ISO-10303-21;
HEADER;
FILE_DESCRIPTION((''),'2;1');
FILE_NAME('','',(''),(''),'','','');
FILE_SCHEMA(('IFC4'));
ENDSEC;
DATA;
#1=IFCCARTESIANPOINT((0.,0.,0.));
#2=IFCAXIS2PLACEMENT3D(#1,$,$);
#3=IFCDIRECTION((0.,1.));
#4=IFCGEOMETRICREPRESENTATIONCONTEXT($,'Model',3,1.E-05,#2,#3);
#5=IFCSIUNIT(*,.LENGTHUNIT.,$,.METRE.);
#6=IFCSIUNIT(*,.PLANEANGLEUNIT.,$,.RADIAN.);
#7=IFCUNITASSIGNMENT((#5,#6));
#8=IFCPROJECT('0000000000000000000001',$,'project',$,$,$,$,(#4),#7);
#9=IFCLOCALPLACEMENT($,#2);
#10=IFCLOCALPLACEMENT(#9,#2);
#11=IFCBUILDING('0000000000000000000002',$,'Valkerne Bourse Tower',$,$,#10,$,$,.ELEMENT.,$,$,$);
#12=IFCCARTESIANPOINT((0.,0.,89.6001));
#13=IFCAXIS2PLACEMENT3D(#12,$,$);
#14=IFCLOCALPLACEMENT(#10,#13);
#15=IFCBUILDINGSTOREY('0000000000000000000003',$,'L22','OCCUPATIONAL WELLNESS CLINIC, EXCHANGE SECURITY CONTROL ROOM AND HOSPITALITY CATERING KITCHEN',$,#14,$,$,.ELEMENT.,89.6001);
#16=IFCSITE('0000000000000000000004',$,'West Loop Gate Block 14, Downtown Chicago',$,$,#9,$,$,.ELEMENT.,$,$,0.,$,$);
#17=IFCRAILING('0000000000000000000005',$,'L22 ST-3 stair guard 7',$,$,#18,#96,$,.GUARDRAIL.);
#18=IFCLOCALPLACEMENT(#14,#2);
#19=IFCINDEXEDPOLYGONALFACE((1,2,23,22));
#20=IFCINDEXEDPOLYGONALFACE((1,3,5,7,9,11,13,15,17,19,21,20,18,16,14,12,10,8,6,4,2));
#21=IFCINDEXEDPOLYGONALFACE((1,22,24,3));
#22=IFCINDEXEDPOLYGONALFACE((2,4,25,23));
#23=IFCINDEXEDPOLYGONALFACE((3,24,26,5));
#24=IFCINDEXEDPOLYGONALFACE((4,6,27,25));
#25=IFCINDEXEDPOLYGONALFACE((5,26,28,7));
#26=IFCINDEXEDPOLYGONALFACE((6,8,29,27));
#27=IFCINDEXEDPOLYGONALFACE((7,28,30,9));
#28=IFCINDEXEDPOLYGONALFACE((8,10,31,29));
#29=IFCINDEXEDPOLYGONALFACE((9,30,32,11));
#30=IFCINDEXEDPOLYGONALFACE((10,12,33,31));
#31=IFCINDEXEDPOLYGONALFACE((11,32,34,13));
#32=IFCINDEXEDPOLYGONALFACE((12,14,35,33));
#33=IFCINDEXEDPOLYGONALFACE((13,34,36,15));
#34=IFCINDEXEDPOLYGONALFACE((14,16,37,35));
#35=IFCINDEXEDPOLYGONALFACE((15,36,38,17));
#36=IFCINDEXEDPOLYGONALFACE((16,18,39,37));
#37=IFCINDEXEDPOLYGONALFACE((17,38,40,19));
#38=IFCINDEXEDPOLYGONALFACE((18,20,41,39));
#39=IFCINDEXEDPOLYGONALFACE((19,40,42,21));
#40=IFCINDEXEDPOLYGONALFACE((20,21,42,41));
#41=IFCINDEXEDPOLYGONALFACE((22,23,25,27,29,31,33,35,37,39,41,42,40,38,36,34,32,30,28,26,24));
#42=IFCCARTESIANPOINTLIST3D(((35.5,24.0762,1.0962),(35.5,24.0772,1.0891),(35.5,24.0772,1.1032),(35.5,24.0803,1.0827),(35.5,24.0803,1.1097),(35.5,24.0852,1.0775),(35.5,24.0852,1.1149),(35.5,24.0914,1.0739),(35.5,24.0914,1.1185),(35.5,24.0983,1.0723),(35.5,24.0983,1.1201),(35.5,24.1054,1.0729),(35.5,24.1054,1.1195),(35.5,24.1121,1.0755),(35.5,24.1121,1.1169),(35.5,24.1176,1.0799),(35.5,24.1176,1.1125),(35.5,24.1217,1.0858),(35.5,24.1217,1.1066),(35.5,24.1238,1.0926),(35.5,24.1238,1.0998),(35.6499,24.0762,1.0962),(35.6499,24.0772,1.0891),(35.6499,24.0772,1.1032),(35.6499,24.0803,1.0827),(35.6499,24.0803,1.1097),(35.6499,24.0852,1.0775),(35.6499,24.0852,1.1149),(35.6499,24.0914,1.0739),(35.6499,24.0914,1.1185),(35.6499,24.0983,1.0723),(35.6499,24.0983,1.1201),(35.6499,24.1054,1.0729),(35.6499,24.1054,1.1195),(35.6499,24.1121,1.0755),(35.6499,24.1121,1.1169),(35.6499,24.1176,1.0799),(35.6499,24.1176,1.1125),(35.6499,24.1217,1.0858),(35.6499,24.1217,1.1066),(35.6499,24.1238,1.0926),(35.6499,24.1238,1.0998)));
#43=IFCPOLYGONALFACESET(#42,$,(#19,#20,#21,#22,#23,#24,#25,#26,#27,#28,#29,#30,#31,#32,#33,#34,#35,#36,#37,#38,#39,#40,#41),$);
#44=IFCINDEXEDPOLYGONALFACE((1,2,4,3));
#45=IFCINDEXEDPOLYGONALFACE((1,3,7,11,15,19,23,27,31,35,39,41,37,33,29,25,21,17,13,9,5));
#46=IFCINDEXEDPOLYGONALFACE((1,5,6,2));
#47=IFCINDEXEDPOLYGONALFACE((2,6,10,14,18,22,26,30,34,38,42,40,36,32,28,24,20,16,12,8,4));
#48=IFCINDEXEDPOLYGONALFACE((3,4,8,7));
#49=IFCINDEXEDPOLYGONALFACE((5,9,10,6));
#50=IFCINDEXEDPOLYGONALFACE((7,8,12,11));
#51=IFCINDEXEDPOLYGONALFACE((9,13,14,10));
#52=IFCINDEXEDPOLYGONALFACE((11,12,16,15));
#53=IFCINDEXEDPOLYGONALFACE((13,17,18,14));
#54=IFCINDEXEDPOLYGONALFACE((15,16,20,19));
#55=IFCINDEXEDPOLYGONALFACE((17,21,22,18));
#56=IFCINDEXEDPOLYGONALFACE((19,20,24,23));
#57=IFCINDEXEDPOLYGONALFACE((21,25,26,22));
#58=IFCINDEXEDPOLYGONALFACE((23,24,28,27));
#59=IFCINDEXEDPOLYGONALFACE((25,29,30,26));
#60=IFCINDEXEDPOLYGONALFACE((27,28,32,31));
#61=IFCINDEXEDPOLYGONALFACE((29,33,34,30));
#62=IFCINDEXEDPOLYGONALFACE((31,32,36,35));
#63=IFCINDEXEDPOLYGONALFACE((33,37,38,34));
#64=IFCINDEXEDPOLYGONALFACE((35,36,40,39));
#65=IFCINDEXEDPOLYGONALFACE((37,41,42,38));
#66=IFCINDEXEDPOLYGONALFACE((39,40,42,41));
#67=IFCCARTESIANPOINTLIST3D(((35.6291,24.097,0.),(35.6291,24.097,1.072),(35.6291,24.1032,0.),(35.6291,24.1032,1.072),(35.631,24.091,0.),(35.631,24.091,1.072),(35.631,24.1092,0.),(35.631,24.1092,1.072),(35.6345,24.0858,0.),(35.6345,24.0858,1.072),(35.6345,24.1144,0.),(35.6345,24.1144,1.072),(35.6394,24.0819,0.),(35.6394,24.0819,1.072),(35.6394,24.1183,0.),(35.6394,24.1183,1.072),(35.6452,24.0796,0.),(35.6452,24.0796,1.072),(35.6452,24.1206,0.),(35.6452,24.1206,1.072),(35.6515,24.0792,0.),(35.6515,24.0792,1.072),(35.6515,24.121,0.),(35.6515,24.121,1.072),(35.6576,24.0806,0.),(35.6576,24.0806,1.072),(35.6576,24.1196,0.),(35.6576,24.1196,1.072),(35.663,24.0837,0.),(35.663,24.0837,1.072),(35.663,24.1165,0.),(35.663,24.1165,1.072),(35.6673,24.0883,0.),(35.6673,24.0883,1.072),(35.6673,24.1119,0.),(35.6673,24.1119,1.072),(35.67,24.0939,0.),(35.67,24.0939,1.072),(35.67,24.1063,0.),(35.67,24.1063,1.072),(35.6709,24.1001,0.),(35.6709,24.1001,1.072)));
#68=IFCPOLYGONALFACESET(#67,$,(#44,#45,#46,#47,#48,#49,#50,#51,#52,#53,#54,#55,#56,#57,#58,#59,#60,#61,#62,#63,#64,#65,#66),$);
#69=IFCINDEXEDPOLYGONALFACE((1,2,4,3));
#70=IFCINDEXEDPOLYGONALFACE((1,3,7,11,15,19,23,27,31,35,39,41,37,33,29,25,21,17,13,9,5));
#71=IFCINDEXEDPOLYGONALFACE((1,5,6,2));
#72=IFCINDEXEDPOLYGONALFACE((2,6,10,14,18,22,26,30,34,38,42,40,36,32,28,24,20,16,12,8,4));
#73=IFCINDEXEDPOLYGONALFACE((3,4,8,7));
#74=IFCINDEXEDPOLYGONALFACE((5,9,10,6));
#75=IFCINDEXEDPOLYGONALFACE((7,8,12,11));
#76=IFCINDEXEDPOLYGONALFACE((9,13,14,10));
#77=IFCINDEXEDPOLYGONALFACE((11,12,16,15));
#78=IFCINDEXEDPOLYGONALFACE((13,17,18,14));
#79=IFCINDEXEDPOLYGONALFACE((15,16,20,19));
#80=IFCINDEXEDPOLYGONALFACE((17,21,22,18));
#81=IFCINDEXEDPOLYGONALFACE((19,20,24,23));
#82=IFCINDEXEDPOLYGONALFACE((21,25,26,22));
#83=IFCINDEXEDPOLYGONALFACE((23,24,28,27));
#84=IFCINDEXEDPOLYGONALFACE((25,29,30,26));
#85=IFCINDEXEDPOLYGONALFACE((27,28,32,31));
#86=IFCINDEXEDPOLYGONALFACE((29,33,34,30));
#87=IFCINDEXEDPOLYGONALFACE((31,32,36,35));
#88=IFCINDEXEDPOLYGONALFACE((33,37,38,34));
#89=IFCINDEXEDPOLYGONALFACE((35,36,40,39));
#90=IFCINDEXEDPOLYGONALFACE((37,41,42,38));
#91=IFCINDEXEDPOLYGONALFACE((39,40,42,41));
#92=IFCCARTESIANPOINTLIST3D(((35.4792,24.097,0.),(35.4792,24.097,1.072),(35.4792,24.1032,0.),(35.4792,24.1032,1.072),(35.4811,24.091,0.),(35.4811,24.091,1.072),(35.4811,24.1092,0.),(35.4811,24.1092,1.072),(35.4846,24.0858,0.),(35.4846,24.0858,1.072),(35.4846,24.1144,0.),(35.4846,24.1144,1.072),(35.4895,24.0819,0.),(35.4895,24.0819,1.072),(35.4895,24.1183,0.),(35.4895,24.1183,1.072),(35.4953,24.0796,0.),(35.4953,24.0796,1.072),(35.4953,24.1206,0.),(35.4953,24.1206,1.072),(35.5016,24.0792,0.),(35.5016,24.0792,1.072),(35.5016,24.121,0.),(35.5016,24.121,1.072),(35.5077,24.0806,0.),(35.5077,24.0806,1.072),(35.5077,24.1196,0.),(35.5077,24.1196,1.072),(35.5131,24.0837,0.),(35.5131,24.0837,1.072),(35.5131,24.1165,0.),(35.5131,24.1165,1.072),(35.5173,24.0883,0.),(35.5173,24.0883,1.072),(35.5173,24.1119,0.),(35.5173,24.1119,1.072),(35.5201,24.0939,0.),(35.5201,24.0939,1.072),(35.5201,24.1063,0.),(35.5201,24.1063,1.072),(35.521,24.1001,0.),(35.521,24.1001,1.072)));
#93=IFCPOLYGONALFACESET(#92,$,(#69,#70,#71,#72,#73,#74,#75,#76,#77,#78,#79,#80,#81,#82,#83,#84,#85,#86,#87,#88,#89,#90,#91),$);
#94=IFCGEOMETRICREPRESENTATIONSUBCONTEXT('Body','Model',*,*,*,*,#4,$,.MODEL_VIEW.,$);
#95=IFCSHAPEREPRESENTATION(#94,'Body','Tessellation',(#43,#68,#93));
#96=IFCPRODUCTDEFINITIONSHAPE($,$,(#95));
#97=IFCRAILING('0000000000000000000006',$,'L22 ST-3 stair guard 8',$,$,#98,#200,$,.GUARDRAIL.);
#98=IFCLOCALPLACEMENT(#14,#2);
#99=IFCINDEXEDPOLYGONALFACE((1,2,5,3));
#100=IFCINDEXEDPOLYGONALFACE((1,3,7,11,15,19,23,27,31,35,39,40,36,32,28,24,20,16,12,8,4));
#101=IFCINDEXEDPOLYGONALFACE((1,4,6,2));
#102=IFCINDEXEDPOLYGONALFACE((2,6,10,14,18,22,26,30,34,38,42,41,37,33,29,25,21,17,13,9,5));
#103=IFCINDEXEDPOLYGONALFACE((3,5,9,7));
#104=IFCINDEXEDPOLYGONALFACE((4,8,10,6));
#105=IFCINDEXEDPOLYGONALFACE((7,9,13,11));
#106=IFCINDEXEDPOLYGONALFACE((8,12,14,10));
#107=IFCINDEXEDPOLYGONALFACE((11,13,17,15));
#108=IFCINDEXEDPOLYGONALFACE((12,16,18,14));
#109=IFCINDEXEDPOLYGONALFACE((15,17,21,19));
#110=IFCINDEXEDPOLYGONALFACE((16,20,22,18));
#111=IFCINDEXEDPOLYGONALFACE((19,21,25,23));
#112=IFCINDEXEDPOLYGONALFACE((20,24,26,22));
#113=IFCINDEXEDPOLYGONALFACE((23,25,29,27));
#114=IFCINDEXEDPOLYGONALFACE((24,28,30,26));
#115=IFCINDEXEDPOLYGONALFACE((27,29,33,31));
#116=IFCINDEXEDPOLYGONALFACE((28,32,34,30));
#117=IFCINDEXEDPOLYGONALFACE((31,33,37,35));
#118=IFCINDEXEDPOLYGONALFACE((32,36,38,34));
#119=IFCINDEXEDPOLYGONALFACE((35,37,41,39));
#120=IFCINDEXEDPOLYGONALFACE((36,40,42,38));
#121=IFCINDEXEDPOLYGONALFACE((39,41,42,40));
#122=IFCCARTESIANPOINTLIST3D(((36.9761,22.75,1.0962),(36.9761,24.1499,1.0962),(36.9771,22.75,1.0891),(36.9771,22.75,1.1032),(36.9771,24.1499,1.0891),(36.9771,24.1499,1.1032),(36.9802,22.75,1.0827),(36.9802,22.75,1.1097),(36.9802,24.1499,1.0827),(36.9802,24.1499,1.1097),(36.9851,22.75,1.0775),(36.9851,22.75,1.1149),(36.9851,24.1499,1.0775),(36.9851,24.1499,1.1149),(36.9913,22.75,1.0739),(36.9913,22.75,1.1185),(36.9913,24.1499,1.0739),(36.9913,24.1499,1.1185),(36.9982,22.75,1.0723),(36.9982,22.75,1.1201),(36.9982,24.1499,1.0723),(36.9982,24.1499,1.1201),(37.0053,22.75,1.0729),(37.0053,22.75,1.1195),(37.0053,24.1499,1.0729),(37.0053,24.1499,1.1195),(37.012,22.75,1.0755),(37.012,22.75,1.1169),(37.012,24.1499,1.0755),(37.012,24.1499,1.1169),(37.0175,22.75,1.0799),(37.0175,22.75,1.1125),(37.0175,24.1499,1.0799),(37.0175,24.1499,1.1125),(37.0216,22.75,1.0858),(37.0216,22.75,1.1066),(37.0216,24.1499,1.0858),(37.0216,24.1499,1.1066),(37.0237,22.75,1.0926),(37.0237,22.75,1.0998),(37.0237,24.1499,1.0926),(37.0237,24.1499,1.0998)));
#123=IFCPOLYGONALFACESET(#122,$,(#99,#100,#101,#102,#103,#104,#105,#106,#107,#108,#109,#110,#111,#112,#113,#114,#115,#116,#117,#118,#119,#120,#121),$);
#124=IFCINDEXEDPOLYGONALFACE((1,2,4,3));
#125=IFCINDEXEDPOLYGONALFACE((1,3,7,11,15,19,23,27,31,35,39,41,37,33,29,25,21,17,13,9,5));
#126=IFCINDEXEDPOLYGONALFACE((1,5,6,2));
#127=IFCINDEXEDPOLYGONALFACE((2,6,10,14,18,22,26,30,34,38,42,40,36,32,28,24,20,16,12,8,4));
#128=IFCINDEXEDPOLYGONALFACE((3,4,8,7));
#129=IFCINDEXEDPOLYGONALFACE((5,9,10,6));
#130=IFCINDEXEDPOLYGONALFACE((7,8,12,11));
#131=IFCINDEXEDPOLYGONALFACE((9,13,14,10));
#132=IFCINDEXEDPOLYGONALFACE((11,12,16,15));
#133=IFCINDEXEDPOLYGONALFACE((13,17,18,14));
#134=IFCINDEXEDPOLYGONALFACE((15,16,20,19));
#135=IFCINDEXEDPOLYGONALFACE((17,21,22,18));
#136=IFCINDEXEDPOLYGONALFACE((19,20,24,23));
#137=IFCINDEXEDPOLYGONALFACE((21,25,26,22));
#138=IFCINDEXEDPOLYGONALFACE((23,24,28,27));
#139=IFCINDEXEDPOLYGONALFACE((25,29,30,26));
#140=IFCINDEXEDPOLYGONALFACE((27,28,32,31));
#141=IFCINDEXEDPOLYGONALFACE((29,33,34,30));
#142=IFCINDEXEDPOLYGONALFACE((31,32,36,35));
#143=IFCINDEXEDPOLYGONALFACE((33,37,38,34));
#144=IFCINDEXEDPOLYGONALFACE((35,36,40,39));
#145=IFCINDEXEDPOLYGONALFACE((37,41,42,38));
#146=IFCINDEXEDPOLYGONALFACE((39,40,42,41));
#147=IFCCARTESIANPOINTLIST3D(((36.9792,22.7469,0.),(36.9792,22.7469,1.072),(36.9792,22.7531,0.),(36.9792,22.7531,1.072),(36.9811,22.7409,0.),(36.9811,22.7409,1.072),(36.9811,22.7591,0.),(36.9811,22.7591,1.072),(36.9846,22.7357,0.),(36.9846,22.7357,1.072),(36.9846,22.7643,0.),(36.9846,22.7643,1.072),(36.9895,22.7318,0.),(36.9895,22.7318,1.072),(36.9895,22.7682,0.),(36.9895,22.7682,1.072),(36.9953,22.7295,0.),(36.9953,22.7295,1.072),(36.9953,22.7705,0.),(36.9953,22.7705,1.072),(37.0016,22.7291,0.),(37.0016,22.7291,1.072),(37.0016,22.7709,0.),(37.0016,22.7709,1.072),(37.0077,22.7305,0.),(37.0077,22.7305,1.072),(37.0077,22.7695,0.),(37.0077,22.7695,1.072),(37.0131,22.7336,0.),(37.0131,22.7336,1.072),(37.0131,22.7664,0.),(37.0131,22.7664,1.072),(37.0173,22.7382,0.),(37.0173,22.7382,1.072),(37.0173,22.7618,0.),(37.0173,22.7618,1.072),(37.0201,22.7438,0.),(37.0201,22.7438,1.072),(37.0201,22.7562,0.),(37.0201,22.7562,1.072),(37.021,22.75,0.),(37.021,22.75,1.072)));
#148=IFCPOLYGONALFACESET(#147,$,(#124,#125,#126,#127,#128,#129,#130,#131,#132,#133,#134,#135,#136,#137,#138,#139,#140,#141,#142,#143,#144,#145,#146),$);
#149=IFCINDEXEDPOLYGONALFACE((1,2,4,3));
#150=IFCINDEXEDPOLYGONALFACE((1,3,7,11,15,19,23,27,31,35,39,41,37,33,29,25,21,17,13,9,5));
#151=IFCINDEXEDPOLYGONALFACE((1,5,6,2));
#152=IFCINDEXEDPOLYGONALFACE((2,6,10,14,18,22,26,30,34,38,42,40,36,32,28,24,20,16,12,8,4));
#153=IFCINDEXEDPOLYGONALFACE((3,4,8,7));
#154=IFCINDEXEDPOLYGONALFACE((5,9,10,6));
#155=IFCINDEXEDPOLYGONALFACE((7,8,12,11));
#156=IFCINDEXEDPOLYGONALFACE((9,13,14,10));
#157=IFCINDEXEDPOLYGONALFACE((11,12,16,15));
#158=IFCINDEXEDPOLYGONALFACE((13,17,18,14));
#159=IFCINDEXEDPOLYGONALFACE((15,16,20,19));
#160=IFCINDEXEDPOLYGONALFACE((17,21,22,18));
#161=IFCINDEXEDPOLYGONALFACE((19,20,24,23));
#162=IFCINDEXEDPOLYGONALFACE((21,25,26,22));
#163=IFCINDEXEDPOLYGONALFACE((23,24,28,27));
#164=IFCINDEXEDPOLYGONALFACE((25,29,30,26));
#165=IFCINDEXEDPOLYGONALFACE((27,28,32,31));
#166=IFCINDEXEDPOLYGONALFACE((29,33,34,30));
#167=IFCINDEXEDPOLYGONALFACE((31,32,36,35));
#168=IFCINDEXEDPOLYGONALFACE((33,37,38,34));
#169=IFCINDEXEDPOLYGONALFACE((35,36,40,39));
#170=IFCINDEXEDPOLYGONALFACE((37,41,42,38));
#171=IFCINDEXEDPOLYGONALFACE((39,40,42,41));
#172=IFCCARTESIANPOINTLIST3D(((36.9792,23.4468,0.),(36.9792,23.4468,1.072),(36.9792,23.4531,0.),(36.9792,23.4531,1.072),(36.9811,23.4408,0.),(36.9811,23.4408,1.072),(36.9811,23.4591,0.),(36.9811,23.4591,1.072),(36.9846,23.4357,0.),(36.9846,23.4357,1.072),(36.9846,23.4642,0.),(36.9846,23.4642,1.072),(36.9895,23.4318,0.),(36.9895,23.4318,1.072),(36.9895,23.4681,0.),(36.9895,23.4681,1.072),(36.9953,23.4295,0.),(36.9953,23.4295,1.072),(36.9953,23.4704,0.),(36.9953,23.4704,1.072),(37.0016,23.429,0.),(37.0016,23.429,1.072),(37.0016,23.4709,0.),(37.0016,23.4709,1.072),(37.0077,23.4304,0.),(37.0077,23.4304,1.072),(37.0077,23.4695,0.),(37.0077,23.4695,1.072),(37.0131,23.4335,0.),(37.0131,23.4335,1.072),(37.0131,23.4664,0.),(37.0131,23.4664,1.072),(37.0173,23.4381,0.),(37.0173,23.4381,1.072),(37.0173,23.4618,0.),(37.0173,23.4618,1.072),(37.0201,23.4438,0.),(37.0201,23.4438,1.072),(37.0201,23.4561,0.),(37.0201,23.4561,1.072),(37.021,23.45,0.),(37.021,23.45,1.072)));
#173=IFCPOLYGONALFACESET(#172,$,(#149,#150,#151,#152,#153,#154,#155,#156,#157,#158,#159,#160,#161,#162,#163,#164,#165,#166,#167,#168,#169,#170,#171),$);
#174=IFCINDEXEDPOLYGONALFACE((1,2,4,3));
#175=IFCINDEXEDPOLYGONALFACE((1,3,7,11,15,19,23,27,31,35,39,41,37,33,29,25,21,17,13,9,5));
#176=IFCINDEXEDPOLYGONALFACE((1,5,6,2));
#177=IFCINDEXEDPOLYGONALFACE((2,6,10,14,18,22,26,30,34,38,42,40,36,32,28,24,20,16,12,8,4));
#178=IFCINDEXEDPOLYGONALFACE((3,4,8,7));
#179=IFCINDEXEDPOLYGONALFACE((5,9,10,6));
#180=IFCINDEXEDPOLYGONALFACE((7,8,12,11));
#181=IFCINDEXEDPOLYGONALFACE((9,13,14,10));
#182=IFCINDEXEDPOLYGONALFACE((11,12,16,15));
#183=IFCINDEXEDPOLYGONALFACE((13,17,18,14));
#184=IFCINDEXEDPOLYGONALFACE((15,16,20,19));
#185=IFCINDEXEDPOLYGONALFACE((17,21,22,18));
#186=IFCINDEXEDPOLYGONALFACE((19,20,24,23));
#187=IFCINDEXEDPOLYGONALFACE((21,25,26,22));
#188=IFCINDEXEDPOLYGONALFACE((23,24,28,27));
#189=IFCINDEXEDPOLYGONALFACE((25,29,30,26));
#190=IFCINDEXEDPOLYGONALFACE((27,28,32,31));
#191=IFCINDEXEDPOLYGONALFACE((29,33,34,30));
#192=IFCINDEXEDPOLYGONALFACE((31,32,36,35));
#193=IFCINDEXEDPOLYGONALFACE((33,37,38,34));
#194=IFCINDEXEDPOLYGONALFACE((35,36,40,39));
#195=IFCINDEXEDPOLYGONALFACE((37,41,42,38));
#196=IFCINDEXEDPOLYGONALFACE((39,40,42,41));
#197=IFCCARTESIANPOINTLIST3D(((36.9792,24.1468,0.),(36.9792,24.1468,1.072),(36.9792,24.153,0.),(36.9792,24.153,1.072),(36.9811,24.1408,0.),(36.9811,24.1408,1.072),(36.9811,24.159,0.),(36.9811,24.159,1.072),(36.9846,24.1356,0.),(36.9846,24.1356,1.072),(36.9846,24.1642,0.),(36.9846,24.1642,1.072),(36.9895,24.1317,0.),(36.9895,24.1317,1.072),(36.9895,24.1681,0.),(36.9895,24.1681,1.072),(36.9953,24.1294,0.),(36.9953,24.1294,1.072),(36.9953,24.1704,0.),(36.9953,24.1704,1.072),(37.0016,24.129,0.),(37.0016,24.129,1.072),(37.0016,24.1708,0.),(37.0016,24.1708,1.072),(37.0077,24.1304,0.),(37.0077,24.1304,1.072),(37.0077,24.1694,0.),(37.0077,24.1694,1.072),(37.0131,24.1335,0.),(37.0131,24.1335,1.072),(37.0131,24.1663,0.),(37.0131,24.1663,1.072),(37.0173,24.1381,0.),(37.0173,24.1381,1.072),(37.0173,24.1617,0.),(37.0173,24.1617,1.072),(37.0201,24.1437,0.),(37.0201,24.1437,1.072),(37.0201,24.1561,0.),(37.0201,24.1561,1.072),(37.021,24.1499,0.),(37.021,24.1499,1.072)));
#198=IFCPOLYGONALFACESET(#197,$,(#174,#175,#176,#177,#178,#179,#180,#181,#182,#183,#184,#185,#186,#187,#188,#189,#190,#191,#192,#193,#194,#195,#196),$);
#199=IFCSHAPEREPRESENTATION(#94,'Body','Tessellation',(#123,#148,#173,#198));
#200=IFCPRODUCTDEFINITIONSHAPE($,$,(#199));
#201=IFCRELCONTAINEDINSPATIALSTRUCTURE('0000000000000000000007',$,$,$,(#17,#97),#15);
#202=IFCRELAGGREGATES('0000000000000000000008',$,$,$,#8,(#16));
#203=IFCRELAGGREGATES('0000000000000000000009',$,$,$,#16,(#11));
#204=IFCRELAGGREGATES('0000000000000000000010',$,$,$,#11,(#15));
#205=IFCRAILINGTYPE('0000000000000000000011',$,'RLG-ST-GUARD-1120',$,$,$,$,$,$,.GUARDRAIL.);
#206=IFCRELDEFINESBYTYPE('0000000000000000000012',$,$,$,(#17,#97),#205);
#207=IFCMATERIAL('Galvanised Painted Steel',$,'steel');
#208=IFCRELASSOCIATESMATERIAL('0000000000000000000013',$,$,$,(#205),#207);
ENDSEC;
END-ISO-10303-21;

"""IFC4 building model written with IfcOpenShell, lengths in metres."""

from ifc_helpers import new_model, si_unit, direction, frame, origin, origin_2d, place, context, subcontext, project, spatial, circle, extrude, material, type_object, element, save


model = new_model("IFC4")

# Units and contexts
model_context = context("Model", 3, precision=1e-05, world=origin(), true_north=direction((0.0, 1.0)))
body_context = subcontext(model_context, "Body", "Model", "MODEL_VIEW")
ifc_project = project(units=[si_unit("LENGTHUNIT", "METRE"), si_unit("PLANEANGLEUNIT", "RADIAN")], contexts=[model_context])

# Site, building, storey
site_placement = place(None, origin())
site = spatial("IfcSite", under=ifc_project, at=site_placement, Name="West Loop Gate Block 14, Downtown Chicago", CompositionType="ELEMENT", RefElevation=0.0)
building_placement = place(site_placement, origin())
building = spatial("IfcBuilding", under=site, at=building_placement, Name="Valkerne Bourse Tower", CompositionType="ELEMENT")
storey_placement = place(building_placement, frame((0.0, 0.0, 89.6001)))
storey = spatial("IfcBuildingStorey", under=building, at=storey_placement, Name="L22", Description="OCCUPATIONAL WELLNESS CLINIC, EXCHANGE SECURITY CONTROL ROOM AND HOSPITALITY CATERING KITCHEN", CompositionType="ELEMENT", Elevation=89.6001)

# Shared definitions
ifc_material_1 = material(Name="Galvanised Painted Steel", Category="steel")

# Railings
railing_type_1 = type_object("IfcRailingType", Name="RLG-ST-GUARD-1120", PredefinedType="GUARDRAIL", material=ifc_material_1)
railing_1_placement = place(storey_placement, frame((35.6499, 24.1001, 0.0)))
element("IfcRailing", 1, at=railing_1_placement, inside=storey, type_object=railing_type_1, Name="L22 ST-3 stair guard 7", PredefinedType="GUARDRAIL", context=body_context, shape_type="SweptSolid", body=[
    extrude(circle(Radius=0.0239, at=origin_2d()), frame((0.0, 0.0, 1.0962), z_axis=(-1.0, 0.0, 0.0), x_axis=(0.0, -1.0, 0.0)), (0.0, 0.0, 1.0), 0.1499),
    extrude(circle(Radius=0.021, at=origin_2d()), origin(), (0.0, 0.0, 1.0), 1.072),
    extrude(circle(Radius=0.021, at=origin_2d()), frame((-0.1499, 0.0, 0.0)), (0.0, 0.0, 1.0), 1.072),
])
for number, where, name in (
    (2, (37.0, 22.75, 0.0), "L22 ST-3 stair guard 8"),
):
    element("IfcRailing", number, at=place(storey_placement, frame(where)), inside=storey, type_object=railing_type_1, Name=name, PredefinedType="GUARDRAIL", context=body_context, shape_type="SweptSolid", body=[
        extrude(circle(Radius=0.0239, at=origin_2d()), frame((0.0, 0.0, 1.0962), z_axis=(0.0, 1.0, 0.0), x_axis=(-1.0, 0.0, 0.0)), (0.0, 0.0, 1.0), 1.3999),
        extrude(circle(Radius=0.021, at=origin_2d()), origin(), (0.0, 0.0, 1.0), 1.072),
        extrude(circle(Radius=0.021, at=origin_2d()), frame((0.0, 0.7, 0.0)), (0.0, 0.0, 1.0), 1.072),
        extrude(circle(Radius=0.021, at=origin_2d()), frame((0.0, 1.3999, 0.0)), (0.0, 0.0, 1.0), 1.072),
    ])

save(model, "model.ifc")
